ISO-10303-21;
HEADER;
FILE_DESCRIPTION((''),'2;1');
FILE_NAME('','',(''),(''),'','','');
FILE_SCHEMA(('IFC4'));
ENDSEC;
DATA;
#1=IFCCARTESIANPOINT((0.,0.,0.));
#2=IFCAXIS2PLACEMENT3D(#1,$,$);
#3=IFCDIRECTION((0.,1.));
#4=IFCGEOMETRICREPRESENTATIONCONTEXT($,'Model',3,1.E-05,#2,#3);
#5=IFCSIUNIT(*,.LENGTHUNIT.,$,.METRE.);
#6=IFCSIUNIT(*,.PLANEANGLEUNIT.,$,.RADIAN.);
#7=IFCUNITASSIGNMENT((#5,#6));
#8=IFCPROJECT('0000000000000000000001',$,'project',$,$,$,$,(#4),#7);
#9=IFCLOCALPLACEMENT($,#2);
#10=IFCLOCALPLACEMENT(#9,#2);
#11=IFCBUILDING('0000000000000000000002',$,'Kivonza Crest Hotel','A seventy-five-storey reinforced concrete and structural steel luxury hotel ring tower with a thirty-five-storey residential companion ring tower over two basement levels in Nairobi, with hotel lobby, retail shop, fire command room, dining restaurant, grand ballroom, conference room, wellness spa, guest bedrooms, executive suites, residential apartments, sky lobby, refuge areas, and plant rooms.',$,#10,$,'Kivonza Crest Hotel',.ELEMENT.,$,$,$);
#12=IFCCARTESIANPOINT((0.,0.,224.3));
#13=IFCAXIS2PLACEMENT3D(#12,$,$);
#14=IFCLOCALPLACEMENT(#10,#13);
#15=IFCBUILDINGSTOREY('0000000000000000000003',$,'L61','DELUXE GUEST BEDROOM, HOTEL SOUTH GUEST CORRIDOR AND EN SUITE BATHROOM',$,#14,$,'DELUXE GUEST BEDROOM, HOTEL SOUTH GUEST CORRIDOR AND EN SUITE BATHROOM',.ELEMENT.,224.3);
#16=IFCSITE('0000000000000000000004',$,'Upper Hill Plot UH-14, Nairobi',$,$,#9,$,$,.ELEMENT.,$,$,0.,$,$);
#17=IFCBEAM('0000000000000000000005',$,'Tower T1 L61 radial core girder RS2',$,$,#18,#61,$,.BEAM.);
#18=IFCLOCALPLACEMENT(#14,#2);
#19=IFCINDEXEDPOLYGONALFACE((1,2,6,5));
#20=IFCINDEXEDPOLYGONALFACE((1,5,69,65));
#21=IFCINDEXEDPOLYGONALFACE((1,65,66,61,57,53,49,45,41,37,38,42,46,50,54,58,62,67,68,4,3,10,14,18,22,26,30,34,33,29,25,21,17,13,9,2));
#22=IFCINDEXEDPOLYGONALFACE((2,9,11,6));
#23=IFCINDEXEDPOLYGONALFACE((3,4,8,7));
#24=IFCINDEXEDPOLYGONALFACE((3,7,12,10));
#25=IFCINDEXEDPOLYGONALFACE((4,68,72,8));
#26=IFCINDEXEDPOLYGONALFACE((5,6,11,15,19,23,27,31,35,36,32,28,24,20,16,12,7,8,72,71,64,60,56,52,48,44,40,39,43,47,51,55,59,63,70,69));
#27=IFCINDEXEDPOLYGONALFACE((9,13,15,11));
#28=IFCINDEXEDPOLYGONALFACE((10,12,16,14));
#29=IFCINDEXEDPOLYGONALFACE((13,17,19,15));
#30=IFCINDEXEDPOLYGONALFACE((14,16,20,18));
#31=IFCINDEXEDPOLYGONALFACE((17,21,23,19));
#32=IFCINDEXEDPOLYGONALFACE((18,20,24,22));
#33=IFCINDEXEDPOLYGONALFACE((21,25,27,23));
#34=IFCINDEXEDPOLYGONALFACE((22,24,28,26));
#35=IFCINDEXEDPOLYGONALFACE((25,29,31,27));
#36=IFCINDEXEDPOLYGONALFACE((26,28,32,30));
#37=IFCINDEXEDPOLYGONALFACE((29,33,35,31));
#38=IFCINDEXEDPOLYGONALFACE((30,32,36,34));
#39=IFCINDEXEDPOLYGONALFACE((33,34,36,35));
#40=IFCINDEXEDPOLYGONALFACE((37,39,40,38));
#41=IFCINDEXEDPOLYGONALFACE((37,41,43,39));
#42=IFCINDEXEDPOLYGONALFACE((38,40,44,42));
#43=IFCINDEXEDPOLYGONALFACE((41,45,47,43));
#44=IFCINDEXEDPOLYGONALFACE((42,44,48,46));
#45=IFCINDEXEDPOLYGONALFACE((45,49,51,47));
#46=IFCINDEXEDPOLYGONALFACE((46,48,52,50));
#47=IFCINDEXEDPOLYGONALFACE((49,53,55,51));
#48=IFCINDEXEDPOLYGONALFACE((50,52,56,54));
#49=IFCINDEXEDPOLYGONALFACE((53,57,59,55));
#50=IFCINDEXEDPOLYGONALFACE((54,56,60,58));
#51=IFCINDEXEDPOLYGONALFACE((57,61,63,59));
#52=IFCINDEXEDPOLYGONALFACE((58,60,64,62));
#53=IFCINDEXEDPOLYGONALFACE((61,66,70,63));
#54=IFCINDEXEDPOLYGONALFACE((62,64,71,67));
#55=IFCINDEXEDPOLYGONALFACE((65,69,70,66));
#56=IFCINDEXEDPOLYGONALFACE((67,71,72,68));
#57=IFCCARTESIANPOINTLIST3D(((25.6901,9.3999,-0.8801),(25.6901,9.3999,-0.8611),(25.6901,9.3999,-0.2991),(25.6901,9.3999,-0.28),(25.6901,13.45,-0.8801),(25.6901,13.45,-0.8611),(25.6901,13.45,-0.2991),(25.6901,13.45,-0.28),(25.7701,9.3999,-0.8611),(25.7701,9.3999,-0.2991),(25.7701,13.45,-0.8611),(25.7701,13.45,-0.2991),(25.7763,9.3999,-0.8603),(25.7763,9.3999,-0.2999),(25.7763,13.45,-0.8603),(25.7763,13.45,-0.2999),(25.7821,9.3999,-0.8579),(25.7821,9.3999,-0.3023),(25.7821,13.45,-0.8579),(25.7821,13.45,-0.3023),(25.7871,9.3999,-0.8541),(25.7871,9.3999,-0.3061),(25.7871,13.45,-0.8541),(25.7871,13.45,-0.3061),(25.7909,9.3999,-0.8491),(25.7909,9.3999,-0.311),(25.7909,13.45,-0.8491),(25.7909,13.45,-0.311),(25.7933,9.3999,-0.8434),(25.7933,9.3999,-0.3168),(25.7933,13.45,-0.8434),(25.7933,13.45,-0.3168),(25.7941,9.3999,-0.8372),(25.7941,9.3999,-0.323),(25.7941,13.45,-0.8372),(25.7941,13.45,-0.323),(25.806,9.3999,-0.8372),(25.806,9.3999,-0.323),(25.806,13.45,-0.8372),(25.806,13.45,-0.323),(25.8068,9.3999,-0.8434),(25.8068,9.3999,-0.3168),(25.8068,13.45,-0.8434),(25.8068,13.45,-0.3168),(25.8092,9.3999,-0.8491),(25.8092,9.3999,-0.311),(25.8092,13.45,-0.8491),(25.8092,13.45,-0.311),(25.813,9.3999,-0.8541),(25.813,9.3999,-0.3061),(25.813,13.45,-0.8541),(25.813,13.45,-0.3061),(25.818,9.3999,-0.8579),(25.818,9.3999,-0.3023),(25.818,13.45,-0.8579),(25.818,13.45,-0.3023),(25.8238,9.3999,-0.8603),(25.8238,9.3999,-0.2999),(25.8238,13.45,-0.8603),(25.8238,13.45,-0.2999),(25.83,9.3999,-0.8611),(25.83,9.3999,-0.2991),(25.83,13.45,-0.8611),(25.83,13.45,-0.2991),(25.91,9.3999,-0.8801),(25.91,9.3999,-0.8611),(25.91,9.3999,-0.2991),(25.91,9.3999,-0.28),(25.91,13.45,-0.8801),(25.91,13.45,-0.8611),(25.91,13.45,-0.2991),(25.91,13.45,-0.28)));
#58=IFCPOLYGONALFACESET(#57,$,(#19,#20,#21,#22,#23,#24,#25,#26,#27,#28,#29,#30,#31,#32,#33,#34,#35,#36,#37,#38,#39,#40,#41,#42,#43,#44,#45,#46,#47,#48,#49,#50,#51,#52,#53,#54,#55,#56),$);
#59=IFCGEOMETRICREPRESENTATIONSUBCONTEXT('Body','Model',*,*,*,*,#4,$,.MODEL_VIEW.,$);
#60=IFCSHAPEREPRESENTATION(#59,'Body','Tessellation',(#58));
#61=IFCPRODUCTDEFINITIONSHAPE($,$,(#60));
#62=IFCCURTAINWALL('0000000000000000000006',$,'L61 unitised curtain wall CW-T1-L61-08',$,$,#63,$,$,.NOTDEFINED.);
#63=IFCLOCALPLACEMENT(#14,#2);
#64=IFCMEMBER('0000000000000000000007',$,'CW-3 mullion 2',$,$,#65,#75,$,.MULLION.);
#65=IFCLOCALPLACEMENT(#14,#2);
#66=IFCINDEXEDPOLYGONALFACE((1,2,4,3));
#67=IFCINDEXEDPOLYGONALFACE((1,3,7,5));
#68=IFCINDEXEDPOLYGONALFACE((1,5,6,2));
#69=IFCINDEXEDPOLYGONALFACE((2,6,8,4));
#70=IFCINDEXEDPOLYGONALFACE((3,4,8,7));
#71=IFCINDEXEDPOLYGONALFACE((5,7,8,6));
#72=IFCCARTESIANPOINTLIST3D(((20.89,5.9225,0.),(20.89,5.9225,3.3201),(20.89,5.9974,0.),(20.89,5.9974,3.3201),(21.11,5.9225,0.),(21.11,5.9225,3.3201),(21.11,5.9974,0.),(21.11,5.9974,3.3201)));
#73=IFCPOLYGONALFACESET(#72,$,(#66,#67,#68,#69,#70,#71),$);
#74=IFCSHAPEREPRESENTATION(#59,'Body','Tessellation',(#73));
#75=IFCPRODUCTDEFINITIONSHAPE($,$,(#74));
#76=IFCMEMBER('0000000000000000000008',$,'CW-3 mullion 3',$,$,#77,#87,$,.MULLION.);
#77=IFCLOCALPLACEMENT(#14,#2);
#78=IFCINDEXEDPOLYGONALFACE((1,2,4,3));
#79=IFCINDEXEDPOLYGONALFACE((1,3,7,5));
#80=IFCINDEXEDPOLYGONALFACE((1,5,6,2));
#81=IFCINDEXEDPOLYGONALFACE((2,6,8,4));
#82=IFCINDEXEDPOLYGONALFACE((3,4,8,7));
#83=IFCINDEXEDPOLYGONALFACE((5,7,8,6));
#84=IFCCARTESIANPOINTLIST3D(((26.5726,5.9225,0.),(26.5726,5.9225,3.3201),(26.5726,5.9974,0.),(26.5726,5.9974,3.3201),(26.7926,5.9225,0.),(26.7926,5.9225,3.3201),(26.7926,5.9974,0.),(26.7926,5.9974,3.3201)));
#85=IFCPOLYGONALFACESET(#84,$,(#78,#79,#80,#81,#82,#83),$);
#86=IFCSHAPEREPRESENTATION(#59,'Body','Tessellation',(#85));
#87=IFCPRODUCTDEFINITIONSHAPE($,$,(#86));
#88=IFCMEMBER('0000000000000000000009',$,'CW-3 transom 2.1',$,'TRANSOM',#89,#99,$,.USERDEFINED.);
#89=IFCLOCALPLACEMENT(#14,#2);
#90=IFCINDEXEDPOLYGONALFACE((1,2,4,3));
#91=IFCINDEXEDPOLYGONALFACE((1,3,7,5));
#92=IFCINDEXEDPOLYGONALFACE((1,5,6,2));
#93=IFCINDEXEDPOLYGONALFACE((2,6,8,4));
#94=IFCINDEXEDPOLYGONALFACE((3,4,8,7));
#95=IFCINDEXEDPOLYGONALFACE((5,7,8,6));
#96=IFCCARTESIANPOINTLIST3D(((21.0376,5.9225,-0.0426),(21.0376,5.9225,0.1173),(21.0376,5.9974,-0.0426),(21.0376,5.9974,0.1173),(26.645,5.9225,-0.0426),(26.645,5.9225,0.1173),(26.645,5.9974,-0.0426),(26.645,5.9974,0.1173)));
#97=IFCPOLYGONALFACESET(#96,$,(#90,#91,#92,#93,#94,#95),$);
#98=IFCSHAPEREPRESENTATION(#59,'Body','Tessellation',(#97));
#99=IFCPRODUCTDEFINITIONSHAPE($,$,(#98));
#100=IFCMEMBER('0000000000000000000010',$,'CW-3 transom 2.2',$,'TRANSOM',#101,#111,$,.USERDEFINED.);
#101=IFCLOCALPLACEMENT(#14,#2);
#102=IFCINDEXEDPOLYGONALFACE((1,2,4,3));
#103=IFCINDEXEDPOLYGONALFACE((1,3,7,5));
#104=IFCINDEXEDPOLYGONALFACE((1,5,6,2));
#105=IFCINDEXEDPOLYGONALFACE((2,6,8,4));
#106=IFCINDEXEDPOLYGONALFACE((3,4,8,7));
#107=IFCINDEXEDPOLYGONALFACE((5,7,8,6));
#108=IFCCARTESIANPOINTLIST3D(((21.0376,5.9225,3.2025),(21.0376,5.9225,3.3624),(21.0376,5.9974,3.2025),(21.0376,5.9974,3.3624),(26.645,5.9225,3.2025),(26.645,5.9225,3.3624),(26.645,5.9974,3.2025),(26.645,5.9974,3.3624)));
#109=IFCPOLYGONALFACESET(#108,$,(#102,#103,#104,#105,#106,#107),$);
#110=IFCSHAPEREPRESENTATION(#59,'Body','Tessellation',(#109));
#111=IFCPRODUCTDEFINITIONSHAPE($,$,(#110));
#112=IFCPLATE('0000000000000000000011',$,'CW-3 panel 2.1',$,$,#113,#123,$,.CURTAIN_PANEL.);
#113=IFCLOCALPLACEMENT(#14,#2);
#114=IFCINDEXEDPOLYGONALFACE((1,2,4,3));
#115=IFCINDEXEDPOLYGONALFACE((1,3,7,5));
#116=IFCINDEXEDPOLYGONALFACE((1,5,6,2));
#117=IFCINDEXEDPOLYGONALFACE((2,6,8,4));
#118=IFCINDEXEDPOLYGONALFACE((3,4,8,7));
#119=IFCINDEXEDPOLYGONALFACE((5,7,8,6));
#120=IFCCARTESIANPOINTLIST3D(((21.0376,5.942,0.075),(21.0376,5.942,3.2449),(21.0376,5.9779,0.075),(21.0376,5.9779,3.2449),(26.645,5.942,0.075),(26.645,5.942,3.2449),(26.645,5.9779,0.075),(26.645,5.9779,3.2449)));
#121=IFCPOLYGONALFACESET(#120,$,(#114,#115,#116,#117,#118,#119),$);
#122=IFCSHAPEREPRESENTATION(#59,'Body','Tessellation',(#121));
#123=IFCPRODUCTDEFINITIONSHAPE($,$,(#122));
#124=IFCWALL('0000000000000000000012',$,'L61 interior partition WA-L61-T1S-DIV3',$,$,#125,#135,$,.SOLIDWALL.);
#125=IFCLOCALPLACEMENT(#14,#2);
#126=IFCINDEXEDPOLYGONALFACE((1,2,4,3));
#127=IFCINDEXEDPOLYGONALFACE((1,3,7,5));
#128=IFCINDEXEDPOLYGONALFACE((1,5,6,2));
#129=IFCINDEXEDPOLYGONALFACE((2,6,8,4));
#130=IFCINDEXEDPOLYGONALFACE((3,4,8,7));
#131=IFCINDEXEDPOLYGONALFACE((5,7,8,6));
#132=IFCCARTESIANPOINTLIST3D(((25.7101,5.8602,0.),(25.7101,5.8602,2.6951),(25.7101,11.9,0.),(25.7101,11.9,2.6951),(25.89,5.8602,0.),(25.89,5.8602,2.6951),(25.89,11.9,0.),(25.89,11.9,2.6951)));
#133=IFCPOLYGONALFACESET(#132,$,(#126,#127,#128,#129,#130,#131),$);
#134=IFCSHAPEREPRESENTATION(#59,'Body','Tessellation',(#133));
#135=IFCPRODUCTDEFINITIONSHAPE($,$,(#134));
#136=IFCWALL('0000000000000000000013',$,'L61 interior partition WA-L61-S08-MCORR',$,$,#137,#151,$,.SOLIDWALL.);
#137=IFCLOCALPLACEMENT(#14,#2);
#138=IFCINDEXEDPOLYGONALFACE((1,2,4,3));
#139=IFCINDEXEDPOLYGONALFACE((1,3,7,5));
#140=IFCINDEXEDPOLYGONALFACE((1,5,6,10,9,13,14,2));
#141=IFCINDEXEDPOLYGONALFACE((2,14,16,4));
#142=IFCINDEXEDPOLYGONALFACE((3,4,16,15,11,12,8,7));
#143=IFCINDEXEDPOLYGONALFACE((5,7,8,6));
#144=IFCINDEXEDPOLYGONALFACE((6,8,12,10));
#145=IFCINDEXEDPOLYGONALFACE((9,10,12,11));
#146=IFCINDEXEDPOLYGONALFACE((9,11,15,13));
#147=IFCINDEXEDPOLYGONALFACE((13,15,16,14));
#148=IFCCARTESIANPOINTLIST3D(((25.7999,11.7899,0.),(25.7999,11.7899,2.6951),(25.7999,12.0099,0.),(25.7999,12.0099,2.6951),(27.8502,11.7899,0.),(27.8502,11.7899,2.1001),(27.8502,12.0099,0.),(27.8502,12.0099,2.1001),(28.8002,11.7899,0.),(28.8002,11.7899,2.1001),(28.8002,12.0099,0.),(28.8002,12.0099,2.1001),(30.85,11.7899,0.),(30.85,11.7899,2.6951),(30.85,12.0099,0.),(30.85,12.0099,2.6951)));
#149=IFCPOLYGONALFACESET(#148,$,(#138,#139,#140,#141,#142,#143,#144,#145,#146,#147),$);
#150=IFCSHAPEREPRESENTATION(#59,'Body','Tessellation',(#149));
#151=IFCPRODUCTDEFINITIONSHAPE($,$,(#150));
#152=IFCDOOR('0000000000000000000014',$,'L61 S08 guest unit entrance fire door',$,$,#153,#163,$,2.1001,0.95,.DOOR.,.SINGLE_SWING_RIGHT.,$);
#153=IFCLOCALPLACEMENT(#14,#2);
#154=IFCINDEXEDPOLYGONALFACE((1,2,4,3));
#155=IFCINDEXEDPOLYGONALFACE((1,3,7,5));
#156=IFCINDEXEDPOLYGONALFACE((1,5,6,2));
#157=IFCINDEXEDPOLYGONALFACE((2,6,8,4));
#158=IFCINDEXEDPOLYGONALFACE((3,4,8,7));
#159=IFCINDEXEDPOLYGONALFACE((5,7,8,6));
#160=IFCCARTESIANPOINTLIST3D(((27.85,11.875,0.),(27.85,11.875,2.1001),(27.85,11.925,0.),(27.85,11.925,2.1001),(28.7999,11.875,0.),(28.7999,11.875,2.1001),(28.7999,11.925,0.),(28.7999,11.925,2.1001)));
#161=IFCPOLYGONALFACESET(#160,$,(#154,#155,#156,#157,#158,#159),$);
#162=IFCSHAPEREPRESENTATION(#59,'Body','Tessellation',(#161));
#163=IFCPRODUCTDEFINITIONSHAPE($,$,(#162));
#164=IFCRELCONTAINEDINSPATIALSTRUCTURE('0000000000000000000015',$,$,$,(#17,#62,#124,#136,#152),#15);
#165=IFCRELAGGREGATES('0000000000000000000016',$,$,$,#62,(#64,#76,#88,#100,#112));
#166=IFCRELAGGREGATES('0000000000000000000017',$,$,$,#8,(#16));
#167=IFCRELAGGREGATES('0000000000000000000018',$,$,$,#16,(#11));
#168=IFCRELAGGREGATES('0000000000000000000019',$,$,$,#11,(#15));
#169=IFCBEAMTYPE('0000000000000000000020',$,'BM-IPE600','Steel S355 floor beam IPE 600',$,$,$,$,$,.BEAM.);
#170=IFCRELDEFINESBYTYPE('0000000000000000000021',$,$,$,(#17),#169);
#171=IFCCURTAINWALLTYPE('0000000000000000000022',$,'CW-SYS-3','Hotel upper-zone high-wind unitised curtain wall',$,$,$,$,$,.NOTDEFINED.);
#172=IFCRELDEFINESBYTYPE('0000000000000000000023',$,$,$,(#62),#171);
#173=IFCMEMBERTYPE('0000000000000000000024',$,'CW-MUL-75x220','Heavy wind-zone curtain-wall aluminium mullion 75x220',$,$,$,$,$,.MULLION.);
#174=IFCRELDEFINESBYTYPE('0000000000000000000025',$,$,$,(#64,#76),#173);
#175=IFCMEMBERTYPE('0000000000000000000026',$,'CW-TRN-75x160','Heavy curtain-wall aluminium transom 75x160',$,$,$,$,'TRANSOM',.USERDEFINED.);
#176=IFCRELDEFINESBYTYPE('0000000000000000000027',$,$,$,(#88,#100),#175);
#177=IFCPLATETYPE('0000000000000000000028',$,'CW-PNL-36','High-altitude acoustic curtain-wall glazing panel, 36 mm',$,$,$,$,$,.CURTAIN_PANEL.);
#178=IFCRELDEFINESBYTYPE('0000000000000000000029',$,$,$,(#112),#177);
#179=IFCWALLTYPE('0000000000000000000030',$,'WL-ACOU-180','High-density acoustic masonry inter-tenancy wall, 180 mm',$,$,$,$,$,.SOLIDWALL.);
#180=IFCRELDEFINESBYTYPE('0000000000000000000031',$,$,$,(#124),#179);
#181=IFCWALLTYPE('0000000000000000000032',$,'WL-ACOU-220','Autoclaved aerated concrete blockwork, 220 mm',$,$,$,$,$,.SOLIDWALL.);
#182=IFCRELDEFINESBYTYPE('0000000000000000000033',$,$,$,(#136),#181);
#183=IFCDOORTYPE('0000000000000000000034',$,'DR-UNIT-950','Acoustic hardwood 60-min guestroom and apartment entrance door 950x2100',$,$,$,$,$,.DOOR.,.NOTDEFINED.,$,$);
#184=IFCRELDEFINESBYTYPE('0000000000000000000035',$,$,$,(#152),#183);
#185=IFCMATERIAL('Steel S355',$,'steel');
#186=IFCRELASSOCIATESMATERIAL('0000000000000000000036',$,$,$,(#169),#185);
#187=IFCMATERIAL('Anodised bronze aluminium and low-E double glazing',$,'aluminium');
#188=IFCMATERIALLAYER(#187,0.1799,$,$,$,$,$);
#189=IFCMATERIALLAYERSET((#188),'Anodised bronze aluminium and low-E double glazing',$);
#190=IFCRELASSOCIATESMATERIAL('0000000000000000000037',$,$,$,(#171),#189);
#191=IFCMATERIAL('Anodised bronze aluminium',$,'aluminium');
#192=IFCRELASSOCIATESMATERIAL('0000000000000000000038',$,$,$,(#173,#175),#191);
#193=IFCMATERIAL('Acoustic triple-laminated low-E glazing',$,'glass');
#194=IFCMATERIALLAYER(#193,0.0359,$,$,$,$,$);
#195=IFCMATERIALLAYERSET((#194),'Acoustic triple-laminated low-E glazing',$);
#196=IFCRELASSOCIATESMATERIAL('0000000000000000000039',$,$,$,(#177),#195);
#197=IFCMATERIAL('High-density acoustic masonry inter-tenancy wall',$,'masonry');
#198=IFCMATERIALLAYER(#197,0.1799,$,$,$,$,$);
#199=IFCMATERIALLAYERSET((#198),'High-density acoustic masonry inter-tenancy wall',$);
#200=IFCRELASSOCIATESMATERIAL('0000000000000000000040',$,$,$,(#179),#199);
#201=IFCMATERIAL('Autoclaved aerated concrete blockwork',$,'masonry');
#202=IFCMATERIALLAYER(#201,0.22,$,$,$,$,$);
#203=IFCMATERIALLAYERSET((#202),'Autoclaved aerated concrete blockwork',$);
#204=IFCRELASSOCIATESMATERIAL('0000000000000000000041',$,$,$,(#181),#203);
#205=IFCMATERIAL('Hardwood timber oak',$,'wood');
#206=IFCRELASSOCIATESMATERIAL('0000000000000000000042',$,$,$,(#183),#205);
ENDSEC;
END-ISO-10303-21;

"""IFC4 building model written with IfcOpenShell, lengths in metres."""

from ifc_helpers import new_model, si_unit, direction, frame, frame_2d, origin, origin_2d, place, context, subcontext, project, spatial, rectangle, i_section, extrude, material, layer, layer_set, material_profile, profile_set, type_object, element, fill, aggregate, save


model = new_model("IFC4")

# Units and contexts
model_context = context("Model", 3, precision=1e-05, world=origin(), true_north=direction((0.0, 1.0)))
body_context = subcontext(model_context, "Body", "Model", "MODEL_VIEW")
ifc_project = project(units=[si_unit("LENGTHUNIT", "METRE"), si_unit("PLANEANGLEUNIT", "RADIAN")], contexts=[model_context])

# Site, building, storey
site_placement = place(None, origin())
site = spatial("IfcSite", under=ifc_project, at=site_placement, Name="Upper Hill Plot UH-14, Nairobi", CompositionType="ELEMENT", RefElevation=0.0)
building_placement = place(site_placement, origin())
building = spatial("IfcBuilding", under=site, at=building_placement, Name="Kivonza Crest Hotel", Description="A seventy-five-storey reinforced concrete and structural steel luxury hotel ring tower with a thirty-five-storey residential companion ring tower over two basement levels in Nairobi, with hotel lobby, retail shop, fire command room, dining restaurant, grand ballroom, conference room, wellness spa, guest bedrooms, executive suites, residential apartments, sky lobby, refuge areas, and plant rooms.", LongName="Kivonza Crest Hotel", CompositionType="ELEMENT")
storey_placement = place(building_placement, frame((0.0, 0.0, 224.3)))
storey = spatial("IfcBuildingStorey", under=building, at=storey_placement, Name="L61", Description="DELUXE GUEST BEDROOM, HOTEL SOUTH GUEST CORRIDOR AND EN SUITE BATHROOM", LongName="DELUXE GUEST BEDROOM, HOTEL SOUTH GUEST CORRIDOR AND EN SUITE BATHROOM", CompositionType="ELEMENT", Elevation=224.3)

# Beam
ifc_material_1 = material(Name="Steel S355", Category="steel")
ifc_material_profile_1 = material_profile(ifc_material_1, i_section(OverallWidth=0.22, OverallDepth=0.6001, WebThickness=0.012, FlangeThickness=0.019, FilletRadius=0.0239, at=origin_2d()), Name="IPE 600")
ifc_profile_set_1 = profile_set([ifc_material_profile_1], Name="Steel S355")
beam_type_1 = type_object("IfcBeamType", Name="BM-IPE600", Description="Steel S355 floor beam IPE 600", PredefinedType="BEAM", material=ifc_profile_set_1)
beam_1_placement = place(storey_placement, frame((25.8, 9.3999, -0.5801), z_axis=(0.0, 1.0, 0.0), x_axis=(-1.0, 0.0, 0.0)))
element("IfcBeam", 1, at=beam_1_placement, inside=storey, type_object=beam_type_1, Name="Tower T1 L61 radial core girder RS2", PredefinedType="BEAM", context=body_context, shape_type="SweptSolid", body=[
    extrude(i_section(OverallWidth=0.22, OverallDepth=0.6001, WebThickness=0.012, FlangeThickness=0.019, FilletRadius=0.0239, at=origin_2d()), origin(), (0.0, 0.0, 1.0), 4.05),
])

# Curtain wall, members, plate
ifc_material_2 = material(Name="Anodised bronze aluminium and low-E double glazing", Category="aluminium")
ifc_layer_1 = layer(ifc_material_2, 0.1799)
ifc_layer_set_1 = layer_set([ifc_layer_1], Name="Anodised bronze aluminium and low-E double glazing")
curtain_wall_type = type_object("IfcCurtainWallType", Name="CW-SYS-3", Description="Hotel upper-zone high-wind unitised curtain wall", PredefinedType="NOTDEFINED", material=ifc_layer_set_1)
curtain_wall_placement = place(storey_placement, origin())
curtain_wall = element("IfcCurtainWall", 2, at=curtain_wall_placement, inside=storey, type_object=curtain_wall_type, Name="L61 unitised curtain wall CW-T1-L61-08", PredefinedType="NOTDEFINED")
ifc_material_3 = material(Name="Anodised bronze aluminium", Category="aluminium")
ifc_material_profile_2 = material_profile(ifc_material_3, rectangle(XDim=0.075, YDim=0.22, at=origin_2d()), Name="CW-M 75x220")
ifc_profile_set_2 = profile_set([ifc_material_profile_2], Name="Anodised bronze aluminium")
member_type_1 = type_object("IfcMemberType", Name="CW-MUL-75x220", Description="Heavy wind-zone curtain-wall aluminium mullion 75x220", PredefinedType="MULLION", material=ifc_profile_set_2)
member_1_placement = place(storey_placement, frame((21.0, 5.96, 0.0), z_axis=(0.0, 0.0, 1.0), x_axis=(0.0, 1.0, 0.0)))
member_1 = element("IfcMember", 3, at=member_1_placement, type_object=member_type_1, Name="CW-3 mullion 2", PredefinedType="MULLION", context=body_context, shape_type="SweptSolid", body=[
    extrude(rectangle(XDim=0.075, YDim=0.22, at=origin_2d()), origin(), (0.0, 0.0, 1.0), 3.3201),
])
member_2_placement = place(storey_placement, frame((26.6826, 5.96, 0.0), z_axis=(0.0, 0.0, 1.0), x_axis=(0.0, 1.0, 0.0)))
member_2 = element("IfcMember", 4, at=member_2_placement, type_object=member_type_1, Name="CW-3 mullion 3", PredefinedType="MULLION", context=body_context, shape_type="SweptSolid", body=[
    extrude(rectangle(XDim=0.075, YDim=0.22, at=origin_2d()), origin(), (0.0, 0.0, 1.0), 3.3201),
])
ifc_material_profile_3 = material_profile(ifc_material_3, rectangle(XDim=0.075, YDim=0.1599, at=origin_2d()), Name="CW-T 75x160")
ifc_profile_set_3 = profile_set([ifc_material_profile_3], Name="Anodised bronze aluminium")
member_type_2 = type_object("IfcMemberType", Name="CW-TRN-75x160", Description="Heavy curtain-wall aluminium transom 75x160", ElementType="TRANSOM", PredefinedType="USERDEFINED", material=ifc_profile_set_3)
member_3_placement = place(storey_placement, frame((21.0376, 5.96, 0.0374), z_axis=(1.0, 0.0, 0.0), x_axis=(0.0, 1.0, 0.0)))
member_3 = element("IfcMember", 5, at=member_3_placement, type_object=member_type_2, Name="CW-3 transom 2.1", ObjectType="TRANSOM", PredefinedType="USERDEFINED", context=body_context, shape_type="SweptSolid", body=[
    extrude(rectangle(XDim=0.075, YDim=0.1599, at=origin_2d()), origin(), (0.0, 0.0, 1.0), 5.6074),
])
member_4_placement = place(storey_placement, frame((21.0376, 5.96, 3.2825), z_axis=(1.0, 0.0, 0.0), x_axis=(0.0, 1.0, 0.0)))
member_4 = element("IfcMember", 6, at=member_4_placement, type_object=member_type_2, Name="CW-3 transom 2.2", ObjectType="TRANSOM", PredefinedType="USERDEFINED", context=body_context, shape_type="SweptSolid", body=[
    extrude(rectangle(XDim=0.075, YDim=0.1599, at=origin_2d()), origin(), (0.0, 0.0, 1.0), 5.6074),
])
ifc_material_4 = material(Name="Acoustic triple-laminated low-E glazing", Category="glass")
ifc_layer_2 = layer(ifc_material_4, 0.0359)
ifc_layer_set_2 = layer_set([ifc_layer_2], Name="Acoustic triple-laminated low-E glazing")
plate_type = type_object("IfcPlateType", Name="CW-PNL-36", Description="High-altitude acoustic curtain-wall glazing panel, 36 mm", PredefinedType="CURTAIN_PANEL", material=ifc_layer_set_2)
plate_placement = place(storey_placement, frame((23.8413, 5.96, 0.075), z_axis=(0.0, 0.0, 1.0), x_axis=(1.0, 0.0, 0.0)))
plate = element("IfcPlate", 7, at=plate_placement, type_object=plate_type, Name="CW-3 panel 2.1", PredefinedType="CURTAIN_PANEL", context=body_context, shape_type="SweptSolid", body=[
    extrude(rectangle(XDim=5.6074, YDim=0.0359, at=origin_2d()), origin(), (0.0, 0.0, 1.0), 3.1699),
])
aggregate(curtain_wall, [member_1, member_2, member_3, member_4, plate])

# Wall
ifc_material_5 = material(Name="High-density acoustic masonry inter-tenancy wall", Category="masonry")
ifc_layer_3 = layer(ifc_material_5, 0.1799)
ifc_layer_set_3 = layer_set([ifc_layer_3], Name="High-density acoustic masonry inter-tenancy wall")
wall_type_1 = type_object("IfcWallType", Name="WL-ACOU-180", Description="High-density acoustic masonry inter-tenancy wall, 180 mm", PredefinedType="SOLIDWALL", material=ifc_layer_set_3)
wall_1_placement = place(storey_placement, frame((25.8, 5.8601, 0.0), z_axis=(0.0, 0.0, 1.0), x_axis=(0.0, 1.0, 0.0)))
element("IfcWall", 8, at=wall_1_placement, inside=storey, type_object=wall_type_1, Name="L61 interior partition WA-L61-T1S-DIV3", PredefinedType="SOLIDWALL", context=body_context, shape_type="SweptSolid", body=[
    extrude(rectangle(XDim=6.0398, YDim=0.1799, at=frame_2d((3.02, 0.0))), origin(), (0.0, 0.0, 1.0), 2.6951),
])

# Wall, opening, door
ifc_material_6 = material(Name="Autoclaved aerated concrete blockwork", Category="masonry")
ifc_layer_4 = layer(ifc_material_6, 0.22)
ifc_layer_set_4 = layer_set([ifc_layer_4], Name="Autoclaved aerated concrete blockwork")
wall_type_2 = type_object("IfcWallType", Name="WL-ACOU-220", Description="Autoclaved aerated concrete blockwork, 220 mm", PredefinedType="SOLIDWALL", material=ifc_layer_set_4)
wall_2_placement = place(storey_placement, frame((25.8, 11.8999, 0.0), z_axis=(0.0, 0.0, 1.0), x_axis=(1.0, 0.0, 0.0)))
wall_2 = element("IfcWall", 9, at=wall_2_placement, inside=storey, type_object=wall_type_2, Name="L61 interior partition WA-L61-S08-MCORR", PredefinedType="SOLIDWALL", context=body_context, shape_type="SweptSolid", body=[
    extrude(rectangle(XDim=5.05, YDim=0.22, at=frame_2d((2.5249, 0.0))), origin(), (0.0, 0.0, 1.0), 2.6951),
])
opening_1_placement = place(wall_2_placement, frame((2.05, 0.0, 0.0)))
opening_1 = element("IfcOpeningElement", 10, at=opening_1_placement, cuts=wall_2, PredefinedType="OPENING", context=body_context, shape_type="SweptSolid", body=[
    extrude(rectangle(XDim=0.95, YDim=2.1001, at=frame_2d((0.4751, 1.05))), frame((0.0, 0.1201, 0.0), z_axis=(0.0, -1.0, 0.0), x_axis=(1.0, 0.0, 0.0)), (0.0, 0.0, 1.0), 0.24),
])
ifc_material_7 = material(Name="Hardwood timber oak", Category="wood")
door_type_1 = type_object("IfcDoorType", Name="DR-UNIT-950", Description="Acoustic hardwood 60-min guestroom and apartment entrance door 950x2100", OperationType="NOTDEFINED", PredefinedType="DOOR", material=ifc_material_7)
door_1_placement = place(opening_1_placement, frame((0.95, 0.0, 0.0), z_axis=(0.0, 0.0, 1.0), x_axis=(-1.0, 0.0, 0.0)))
door_1 = element("IfcDoor", 11, at=door_1_placement, inside=storey, type_object=door_type_1, Name="L61 S08 guest unit entrance fire door", OperationType="SINGLE_SWING_RIGHT", OverallHeight=2.1001, OverallWidth=0.95, PredefinedType="DOOR", context=body_context, shape_type="SweptSolid", body=[
    extrude(rectangle(XDim=0.95, YDim=2.1001, at=frame_2d((0.4751, 1.05))), frame((0.0, 0.0249, 0.0), z_axis=(0.0, -1.0, 0.0), x_axis=(1.0, 0.0, 0.0)), (0.0, 0.0, 1.0), 0.05),
])
fill(opening_1, door_1)

save(model, "model.ifc")
